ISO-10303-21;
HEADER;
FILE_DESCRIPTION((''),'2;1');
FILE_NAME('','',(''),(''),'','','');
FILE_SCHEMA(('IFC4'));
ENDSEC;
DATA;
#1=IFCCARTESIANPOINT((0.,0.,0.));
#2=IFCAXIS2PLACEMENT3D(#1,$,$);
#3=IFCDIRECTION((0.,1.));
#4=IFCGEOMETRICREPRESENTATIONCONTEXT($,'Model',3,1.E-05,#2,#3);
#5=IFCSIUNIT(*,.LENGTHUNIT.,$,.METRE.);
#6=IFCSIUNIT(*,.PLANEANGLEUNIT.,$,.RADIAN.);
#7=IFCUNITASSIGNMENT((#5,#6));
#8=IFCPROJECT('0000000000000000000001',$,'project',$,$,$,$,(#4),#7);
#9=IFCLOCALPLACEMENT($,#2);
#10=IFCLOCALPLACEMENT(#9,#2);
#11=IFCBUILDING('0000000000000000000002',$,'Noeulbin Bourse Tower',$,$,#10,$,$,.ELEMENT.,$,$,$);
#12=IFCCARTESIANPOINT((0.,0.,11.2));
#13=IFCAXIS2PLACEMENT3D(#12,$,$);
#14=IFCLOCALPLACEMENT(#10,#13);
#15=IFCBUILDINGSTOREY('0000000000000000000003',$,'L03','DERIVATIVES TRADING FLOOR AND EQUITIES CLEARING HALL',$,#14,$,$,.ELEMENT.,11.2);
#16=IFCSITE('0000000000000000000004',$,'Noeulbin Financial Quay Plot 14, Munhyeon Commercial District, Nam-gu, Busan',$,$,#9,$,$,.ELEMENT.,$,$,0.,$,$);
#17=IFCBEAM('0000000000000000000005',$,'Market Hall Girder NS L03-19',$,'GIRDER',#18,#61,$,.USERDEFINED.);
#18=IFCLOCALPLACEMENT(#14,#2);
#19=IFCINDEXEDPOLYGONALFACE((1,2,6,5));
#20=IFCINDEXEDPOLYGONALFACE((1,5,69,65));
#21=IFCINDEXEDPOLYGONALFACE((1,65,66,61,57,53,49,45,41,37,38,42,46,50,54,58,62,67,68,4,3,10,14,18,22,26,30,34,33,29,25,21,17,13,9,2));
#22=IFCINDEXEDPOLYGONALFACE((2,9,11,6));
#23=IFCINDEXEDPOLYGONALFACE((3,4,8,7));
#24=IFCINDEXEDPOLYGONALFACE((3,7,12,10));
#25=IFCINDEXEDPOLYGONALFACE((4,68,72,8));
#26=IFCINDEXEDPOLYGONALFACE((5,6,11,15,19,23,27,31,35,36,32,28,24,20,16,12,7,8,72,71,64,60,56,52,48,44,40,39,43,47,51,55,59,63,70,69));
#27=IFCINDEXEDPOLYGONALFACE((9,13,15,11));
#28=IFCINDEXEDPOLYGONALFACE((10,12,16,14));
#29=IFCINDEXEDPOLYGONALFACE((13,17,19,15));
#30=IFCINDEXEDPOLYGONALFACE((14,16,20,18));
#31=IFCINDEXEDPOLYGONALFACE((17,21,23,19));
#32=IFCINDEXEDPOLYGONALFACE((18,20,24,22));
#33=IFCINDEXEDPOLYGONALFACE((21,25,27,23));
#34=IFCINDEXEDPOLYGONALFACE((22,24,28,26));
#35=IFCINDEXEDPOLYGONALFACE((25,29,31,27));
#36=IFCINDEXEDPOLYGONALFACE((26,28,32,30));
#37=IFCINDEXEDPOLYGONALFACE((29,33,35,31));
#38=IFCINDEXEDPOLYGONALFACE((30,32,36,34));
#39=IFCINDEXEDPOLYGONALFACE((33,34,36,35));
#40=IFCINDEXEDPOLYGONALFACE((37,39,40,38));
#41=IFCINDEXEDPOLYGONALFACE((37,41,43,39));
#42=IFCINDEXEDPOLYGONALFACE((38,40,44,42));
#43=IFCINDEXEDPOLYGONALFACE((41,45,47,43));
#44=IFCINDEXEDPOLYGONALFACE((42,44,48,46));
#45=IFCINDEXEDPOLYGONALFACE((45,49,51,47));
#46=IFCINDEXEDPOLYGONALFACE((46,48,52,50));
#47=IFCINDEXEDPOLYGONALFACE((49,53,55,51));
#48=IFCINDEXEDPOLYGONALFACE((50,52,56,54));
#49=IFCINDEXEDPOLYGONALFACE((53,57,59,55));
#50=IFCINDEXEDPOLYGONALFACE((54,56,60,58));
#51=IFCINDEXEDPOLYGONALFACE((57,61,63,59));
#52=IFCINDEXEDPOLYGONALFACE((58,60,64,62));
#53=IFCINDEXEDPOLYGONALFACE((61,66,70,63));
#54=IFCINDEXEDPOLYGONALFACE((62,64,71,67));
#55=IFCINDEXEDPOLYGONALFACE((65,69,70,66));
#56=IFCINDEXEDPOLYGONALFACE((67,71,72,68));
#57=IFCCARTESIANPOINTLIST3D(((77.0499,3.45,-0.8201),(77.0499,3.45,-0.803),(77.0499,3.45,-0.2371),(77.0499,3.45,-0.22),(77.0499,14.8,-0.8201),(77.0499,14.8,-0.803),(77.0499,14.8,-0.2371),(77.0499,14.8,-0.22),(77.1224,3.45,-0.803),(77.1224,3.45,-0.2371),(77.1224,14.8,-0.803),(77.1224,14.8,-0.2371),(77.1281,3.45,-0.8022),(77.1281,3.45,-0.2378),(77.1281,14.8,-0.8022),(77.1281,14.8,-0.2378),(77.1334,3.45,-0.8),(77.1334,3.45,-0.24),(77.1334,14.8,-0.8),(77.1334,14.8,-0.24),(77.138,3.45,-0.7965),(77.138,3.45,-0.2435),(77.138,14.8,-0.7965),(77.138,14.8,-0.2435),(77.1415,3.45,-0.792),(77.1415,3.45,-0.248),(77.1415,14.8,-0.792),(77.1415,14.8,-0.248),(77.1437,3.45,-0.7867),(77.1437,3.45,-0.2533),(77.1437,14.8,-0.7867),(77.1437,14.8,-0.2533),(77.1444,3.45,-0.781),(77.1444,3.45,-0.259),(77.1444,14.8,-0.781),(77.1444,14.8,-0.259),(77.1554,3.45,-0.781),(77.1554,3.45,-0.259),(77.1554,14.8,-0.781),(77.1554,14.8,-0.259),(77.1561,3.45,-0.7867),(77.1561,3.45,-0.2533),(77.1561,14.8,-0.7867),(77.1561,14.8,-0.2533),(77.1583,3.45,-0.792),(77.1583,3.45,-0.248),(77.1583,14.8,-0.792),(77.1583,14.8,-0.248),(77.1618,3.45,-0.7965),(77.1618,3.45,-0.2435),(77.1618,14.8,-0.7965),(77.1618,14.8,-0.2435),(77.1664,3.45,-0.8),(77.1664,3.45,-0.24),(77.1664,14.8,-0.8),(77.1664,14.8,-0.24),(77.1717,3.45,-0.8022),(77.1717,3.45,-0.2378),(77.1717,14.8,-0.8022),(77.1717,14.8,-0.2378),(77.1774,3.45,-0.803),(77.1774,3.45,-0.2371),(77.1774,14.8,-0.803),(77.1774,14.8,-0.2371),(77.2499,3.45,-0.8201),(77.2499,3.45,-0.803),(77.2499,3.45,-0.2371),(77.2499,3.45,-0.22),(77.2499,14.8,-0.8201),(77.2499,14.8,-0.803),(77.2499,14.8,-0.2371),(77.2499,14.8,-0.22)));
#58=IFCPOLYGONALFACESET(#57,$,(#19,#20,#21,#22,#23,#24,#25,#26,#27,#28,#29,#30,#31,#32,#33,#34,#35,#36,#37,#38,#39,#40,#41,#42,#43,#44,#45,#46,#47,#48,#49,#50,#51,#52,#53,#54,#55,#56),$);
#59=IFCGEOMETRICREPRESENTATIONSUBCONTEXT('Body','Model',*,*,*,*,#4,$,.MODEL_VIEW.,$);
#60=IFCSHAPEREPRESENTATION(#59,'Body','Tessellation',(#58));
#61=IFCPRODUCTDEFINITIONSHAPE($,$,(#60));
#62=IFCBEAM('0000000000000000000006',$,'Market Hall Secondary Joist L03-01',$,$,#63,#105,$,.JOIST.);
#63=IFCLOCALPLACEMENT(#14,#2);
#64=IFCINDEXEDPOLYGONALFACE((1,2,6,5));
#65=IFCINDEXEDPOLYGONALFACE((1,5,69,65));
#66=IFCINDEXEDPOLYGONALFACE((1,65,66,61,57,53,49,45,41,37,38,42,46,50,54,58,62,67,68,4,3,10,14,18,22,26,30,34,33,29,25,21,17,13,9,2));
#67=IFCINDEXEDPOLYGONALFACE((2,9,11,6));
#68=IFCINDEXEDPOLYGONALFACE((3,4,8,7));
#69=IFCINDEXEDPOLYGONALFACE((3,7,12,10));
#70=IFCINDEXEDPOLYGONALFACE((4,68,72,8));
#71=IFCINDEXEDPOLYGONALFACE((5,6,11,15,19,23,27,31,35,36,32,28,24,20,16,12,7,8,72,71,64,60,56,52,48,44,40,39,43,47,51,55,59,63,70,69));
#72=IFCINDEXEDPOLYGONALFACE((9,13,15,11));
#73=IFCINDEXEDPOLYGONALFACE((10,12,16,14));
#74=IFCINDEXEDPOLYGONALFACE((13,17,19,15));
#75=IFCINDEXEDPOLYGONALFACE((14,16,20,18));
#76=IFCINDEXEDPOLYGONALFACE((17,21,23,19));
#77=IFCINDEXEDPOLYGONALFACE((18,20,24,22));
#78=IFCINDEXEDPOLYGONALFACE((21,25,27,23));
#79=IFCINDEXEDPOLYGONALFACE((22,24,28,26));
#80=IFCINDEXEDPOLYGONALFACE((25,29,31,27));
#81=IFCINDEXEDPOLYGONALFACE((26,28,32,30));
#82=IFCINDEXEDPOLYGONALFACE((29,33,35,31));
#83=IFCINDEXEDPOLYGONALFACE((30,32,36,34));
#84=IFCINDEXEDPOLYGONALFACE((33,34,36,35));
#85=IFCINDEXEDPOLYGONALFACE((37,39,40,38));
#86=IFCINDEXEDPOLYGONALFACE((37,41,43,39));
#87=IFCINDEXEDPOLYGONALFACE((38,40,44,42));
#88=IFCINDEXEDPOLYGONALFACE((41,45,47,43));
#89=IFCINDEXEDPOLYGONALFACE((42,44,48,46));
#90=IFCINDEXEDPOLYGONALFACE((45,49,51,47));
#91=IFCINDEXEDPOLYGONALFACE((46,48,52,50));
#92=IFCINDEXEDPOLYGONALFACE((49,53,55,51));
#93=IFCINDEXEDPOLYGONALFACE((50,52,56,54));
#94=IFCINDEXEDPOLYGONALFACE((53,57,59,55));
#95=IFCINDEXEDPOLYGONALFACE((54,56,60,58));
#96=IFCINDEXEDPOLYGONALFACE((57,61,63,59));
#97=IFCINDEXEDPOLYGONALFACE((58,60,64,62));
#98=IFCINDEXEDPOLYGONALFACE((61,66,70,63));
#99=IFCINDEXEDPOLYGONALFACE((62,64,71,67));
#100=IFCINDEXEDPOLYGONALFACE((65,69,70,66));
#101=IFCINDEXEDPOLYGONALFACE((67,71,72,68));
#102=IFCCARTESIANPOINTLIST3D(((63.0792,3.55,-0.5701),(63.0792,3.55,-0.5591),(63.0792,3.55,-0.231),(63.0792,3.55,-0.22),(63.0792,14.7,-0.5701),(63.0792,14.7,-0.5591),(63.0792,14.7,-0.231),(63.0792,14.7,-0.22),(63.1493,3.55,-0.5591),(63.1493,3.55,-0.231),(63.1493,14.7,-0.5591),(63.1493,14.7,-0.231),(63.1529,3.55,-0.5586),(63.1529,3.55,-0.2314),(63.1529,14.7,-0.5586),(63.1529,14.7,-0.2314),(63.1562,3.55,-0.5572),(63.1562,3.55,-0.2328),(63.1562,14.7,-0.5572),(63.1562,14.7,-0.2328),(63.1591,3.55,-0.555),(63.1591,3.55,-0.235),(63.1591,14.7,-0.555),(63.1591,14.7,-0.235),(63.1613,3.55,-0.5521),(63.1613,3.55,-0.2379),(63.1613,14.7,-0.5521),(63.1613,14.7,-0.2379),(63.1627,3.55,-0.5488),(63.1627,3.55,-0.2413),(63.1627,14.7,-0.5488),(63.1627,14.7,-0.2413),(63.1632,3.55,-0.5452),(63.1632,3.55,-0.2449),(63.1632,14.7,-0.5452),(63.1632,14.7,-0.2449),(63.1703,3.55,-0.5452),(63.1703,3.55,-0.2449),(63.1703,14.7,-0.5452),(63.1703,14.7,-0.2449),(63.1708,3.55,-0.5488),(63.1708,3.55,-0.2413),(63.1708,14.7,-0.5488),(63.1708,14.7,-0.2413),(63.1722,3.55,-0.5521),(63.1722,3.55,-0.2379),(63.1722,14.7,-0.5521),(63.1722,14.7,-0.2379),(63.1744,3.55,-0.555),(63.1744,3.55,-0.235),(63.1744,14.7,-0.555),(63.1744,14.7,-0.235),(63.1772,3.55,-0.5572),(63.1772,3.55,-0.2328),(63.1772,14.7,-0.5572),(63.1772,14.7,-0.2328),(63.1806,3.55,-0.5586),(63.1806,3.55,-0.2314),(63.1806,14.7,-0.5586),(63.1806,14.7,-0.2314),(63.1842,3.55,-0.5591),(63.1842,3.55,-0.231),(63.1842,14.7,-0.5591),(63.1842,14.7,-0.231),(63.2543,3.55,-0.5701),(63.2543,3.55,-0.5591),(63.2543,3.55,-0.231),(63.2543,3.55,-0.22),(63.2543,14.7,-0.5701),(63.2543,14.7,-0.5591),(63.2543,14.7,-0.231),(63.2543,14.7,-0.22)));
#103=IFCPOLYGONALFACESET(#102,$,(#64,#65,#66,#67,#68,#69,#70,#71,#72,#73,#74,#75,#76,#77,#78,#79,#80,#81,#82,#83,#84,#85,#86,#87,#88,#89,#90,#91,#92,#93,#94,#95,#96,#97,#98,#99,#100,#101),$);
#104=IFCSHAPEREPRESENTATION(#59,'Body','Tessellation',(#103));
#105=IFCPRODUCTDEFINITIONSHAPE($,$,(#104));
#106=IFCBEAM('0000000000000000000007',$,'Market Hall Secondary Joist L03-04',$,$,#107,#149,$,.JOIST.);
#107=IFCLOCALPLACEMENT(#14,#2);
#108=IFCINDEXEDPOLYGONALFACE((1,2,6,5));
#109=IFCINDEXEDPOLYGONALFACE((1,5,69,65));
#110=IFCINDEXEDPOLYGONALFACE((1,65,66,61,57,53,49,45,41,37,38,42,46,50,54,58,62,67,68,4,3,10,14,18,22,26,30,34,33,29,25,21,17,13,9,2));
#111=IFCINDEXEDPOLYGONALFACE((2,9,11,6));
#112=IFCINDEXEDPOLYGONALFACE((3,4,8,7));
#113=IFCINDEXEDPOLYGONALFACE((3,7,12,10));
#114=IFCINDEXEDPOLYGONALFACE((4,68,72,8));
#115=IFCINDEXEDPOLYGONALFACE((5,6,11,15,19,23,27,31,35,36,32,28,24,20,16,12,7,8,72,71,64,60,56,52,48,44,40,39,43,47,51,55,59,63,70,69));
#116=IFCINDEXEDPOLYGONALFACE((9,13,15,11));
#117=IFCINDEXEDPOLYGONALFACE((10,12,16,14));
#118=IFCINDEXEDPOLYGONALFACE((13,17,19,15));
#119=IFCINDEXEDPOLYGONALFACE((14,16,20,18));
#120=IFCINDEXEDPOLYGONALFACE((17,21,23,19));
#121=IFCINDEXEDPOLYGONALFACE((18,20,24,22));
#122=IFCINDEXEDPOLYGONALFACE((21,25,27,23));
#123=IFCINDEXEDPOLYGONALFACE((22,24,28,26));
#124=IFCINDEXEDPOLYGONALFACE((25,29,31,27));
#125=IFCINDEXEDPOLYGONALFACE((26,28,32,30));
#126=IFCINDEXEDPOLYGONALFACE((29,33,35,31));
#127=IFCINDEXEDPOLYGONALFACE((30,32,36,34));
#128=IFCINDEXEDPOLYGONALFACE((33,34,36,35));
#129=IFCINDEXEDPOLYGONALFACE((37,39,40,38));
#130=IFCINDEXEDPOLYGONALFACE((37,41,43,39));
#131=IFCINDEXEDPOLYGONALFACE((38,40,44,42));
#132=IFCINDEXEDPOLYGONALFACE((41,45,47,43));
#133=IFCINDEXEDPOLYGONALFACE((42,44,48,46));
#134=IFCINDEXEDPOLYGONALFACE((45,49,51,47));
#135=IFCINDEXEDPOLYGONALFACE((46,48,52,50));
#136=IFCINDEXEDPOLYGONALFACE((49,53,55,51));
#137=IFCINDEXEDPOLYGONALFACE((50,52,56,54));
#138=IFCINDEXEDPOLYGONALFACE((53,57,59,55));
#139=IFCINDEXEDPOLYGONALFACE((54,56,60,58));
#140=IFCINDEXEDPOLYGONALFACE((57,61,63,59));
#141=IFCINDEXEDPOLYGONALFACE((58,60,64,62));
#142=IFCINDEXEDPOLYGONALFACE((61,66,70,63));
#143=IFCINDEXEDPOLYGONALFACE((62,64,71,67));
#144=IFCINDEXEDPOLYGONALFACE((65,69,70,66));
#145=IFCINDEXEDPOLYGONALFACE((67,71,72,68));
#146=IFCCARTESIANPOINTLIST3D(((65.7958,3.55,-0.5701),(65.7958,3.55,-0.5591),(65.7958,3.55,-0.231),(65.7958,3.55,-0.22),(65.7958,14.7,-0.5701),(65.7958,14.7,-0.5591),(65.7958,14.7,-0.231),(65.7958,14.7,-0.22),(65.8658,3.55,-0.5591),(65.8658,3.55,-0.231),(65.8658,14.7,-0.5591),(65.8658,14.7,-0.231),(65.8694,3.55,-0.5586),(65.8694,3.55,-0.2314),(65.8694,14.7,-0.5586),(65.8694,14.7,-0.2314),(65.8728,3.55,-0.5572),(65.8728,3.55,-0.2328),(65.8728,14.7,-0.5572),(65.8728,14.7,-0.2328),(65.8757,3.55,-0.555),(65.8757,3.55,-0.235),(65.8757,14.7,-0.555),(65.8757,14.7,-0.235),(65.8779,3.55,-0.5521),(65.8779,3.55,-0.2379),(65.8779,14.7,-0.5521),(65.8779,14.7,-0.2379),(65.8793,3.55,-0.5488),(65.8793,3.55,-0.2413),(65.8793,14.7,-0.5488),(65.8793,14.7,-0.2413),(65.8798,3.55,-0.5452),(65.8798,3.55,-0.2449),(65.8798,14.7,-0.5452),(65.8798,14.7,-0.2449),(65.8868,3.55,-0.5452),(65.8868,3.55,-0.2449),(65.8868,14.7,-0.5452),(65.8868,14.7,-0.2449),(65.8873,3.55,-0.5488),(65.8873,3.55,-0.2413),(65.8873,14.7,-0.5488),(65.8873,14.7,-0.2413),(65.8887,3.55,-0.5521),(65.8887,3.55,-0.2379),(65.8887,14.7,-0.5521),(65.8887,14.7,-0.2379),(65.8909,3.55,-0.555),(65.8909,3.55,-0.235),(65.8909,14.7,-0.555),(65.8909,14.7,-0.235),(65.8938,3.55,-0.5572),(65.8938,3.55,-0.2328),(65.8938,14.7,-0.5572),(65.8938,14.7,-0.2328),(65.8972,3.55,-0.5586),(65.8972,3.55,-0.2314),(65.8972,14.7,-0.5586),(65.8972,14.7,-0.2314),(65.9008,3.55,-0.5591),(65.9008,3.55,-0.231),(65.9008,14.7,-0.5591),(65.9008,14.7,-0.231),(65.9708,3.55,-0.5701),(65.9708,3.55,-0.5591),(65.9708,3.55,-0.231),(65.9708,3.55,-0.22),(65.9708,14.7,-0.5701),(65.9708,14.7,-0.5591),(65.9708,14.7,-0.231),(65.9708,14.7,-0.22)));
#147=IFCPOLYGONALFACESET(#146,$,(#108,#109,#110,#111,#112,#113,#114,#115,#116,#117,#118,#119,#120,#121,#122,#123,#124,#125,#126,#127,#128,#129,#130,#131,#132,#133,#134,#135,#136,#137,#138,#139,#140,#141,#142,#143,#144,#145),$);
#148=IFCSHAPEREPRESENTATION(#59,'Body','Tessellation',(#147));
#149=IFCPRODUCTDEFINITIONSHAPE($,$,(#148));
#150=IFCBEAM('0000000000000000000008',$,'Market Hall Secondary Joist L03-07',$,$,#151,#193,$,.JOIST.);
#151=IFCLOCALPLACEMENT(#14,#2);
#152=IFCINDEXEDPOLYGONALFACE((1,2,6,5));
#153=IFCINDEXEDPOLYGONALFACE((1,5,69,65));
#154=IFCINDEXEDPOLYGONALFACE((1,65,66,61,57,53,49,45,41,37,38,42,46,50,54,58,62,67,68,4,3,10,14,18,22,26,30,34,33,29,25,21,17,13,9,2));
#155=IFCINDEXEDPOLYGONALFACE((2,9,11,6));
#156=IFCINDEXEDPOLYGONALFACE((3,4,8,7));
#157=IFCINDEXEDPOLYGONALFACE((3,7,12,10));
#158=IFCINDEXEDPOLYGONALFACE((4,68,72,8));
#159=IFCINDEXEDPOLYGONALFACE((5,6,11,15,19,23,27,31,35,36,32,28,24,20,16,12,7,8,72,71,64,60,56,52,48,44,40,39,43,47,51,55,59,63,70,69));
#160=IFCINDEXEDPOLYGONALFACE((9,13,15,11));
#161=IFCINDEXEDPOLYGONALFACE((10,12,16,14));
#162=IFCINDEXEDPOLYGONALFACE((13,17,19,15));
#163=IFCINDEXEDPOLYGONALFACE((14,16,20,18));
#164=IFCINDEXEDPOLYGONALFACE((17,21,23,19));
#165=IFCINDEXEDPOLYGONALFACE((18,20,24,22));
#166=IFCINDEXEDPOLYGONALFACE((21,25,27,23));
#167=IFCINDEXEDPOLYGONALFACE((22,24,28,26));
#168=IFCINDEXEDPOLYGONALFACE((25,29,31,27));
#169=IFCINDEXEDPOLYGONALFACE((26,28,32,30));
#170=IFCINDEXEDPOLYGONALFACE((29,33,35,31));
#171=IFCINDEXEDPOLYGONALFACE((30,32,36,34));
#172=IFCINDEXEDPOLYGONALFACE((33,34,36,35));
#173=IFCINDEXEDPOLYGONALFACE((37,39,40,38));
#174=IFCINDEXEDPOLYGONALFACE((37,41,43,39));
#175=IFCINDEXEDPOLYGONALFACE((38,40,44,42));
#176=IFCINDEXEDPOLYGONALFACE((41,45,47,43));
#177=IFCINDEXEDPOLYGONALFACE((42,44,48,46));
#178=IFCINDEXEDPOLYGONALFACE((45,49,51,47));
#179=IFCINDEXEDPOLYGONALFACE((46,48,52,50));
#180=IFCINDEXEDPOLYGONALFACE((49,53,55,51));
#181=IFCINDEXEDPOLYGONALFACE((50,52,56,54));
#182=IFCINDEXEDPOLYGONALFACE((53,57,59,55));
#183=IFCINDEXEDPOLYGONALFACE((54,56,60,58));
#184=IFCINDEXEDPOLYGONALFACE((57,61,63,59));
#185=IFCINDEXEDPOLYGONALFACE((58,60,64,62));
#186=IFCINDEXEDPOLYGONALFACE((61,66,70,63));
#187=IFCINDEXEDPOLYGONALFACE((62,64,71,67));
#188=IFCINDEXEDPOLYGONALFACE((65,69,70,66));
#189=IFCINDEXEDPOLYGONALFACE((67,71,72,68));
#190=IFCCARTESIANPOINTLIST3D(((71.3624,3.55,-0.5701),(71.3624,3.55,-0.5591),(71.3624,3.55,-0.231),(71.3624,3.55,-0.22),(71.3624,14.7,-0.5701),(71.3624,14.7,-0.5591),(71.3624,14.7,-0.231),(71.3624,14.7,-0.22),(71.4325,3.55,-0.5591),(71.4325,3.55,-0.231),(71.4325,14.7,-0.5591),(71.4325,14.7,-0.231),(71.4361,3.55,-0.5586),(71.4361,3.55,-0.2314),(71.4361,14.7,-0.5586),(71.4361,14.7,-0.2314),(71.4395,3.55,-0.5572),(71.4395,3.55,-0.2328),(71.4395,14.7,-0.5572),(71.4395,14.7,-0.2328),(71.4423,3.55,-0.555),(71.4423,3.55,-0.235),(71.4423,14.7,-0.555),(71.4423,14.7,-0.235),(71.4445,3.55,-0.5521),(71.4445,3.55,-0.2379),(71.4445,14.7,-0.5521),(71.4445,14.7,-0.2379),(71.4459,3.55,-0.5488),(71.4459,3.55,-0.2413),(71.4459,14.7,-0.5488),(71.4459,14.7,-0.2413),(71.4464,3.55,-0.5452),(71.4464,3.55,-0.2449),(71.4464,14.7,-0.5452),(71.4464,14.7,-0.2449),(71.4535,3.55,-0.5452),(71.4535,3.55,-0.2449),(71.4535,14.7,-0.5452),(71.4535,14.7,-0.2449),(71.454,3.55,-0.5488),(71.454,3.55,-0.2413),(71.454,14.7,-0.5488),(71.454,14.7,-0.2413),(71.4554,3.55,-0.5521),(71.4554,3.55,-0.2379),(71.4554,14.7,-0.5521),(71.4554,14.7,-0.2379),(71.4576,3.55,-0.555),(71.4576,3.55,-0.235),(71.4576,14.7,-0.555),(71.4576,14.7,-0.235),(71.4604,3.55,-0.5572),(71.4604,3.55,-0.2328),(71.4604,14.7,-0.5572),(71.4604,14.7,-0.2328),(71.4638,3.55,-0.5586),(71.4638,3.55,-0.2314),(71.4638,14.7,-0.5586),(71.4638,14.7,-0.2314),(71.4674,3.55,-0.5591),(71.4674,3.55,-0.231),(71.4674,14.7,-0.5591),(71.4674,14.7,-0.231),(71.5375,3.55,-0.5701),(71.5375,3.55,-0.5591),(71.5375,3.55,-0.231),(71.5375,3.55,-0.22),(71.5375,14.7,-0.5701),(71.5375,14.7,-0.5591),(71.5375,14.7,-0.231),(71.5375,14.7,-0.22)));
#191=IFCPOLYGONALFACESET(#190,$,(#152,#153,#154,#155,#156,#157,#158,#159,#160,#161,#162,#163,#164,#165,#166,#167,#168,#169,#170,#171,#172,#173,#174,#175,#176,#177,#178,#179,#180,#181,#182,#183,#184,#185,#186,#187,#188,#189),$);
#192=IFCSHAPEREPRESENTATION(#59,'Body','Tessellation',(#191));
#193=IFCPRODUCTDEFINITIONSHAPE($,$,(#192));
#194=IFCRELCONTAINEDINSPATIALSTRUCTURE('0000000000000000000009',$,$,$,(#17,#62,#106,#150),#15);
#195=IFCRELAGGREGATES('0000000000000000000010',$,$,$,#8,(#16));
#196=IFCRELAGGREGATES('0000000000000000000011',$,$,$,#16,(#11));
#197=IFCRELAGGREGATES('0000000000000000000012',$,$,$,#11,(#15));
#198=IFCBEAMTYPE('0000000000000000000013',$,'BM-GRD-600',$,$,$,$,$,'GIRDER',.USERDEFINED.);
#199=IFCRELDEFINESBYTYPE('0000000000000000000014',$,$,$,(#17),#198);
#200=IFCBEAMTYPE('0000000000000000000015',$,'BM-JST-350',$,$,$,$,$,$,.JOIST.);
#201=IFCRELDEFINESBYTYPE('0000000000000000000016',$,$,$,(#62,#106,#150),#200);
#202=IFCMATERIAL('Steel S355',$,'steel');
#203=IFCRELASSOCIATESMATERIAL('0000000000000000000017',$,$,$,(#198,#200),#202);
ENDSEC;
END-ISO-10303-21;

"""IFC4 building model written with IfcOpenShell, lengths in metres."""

from ifc_helpers import new_model, si_unit, direction, frame, origin, origin_2d, place, context, subcontext, project, spatial, i_section, extrude, material, material_profile, profile_set, type_object, element, save


model = new_model("IFC4")

# Units and contexts
model_context = context("Model", 3, precision=1e-05, world=origin(), true_north=direction((0.0, 1.0)))
body_context = subcontext(model_context, "Body", "Model", "MODEL_VIEW")
ifc_project = project(units=[si_unit("LENGTHUNIT", "METRE"), si_unit("PLANEANGLEUNIT", "RADIAN")], contexts=[model_context])

# Site, building, storey
site_placement = place(None, origin())
site = spatial("IfcSite", under=ifc_project, at=site_placement, Name="Noeulbin Financial Quay Plot 14, Munhyeon Commercial District, Nam-gu, Busan", CompositionType="ELEMENT", RefElevation=0.0)
building_placement = place(site_placement, origin())
building = spatial("IfcBuilding", under=site, at=building_placement, Name="Noeulbin Bourse Tower", CompositionType="ELEMENT")
storey_placement = place(building_placement, frame((0.0, 0.0, 11.2)))
storey = spatial("IfcBuildingStorey", under=building, at=storey_placement, Name="L03", Description="DERIVATIVES TRADING FLOOR AND EQUITIES CLEARING HALL", CompositionType="ELEMENT", Elevation=11.2)

# Shared definitions
ifc_material_1 = material(Name="Steel S355", Category="steel")

# Beams
ifc_material_profile_1 = material_profile(ifc_material_1, i_section(OverallWidth=0.2, OverallDepth=0.6001, WebThickness=0.011, FlangeThickness=0.0171, FilletRadius=0.022, at=origin_2d()), Name="H-600x200x11x17", Category="LoadBearing")
ifc_profile_set_1 = profile_set([ifc_material_profile_1], Name="Steel S355")
beam_type_1 = type_object("IfcBeamType", Name="BM-GRD-600", ElementType="GIRDER", PredefinedType="USERDEFINED", material=ifc_profile_set_1)
for number, where, z_axis, x_axis, name in (
    (1, (77.1499, 3.45, -0.52), (0.0, 1.0, 0.0), (-1.0, 0.0, 0.0), "Market Hall Girder NS L03-19"),
):
    element("IfcBeam", number, at=place(storey_placement, frame(where, z_axis=z_axis, x_axis=x_axis)), inside=storey, type_object=beam_type_1, Name=name, ObjectType="GIRDER", PredefinedType="USERDEFINED", context=body_context, shape_type="SweptSolid", body=[
        extrude(i_section(OverallWidth=0.2, OverallDepth=0.6001, WebThickness=0.011, FlangeThickness=0.0171, FilletRadius=0.022, at=origin_2d()), origin(), (0.0, 0.0, 1.0), 11.3501),
    ])
ifc_material_profile_2 = material_profile(ifc_material_1, i_section(OverallWidth=0.175, OverallDepth=0.3501, WebThickness=0.0071, FlangeThickness=0.011, FilletRadius=0.0139, at=origin_2d()), Name="H-350x175x7x11", Category="LoadBearing")
ifc_profile_set_2 = profile_set([ifc_material_profile_2], Name="Steel S355")
beam_type_2 = type_object("IfcBeamType", Name="BM-JST-350", PredefinedType="JOIST", material=ifc_profile_set_2)
for number, where, z_axis, x_axis, name in (
    (2, (63.1667, 3.55, -0.395), (0.0, 1.0, 0.0), (-1.0, 0.0, 0.0), "Market Hall Secondary Joist L03-01"),
    (3, (65.8833, 3.55, -0.395), (0.0, 1.0, 0.0), (-1.0, 0.0, 0.0), "Market Hall Secondary Joist L03-04"),
    (4, (71.45, 3.55, -0.395), (0.0, 1.0, 0.0), (-1.0, 0.0, 0.0), "Market Hall Secondary Joist L03-07"),
):
    element("IfcBeam", number, at=place(storey_placement, frame(where, z_axis=z_axis, x_axis=x_axis)), inside=storey, type_object=beam_type_2, Name=name, PredefinedType="JOIST", context=body_context, shape_type="SweptSolid", body=[
        extrude(i_section(OverallWidth=0.175, OverallDepth=0.3501, WebThickness=0.0071, FlangeThickness=0.011, FilletRadius=0.0139, at=origin_2d()), origin(), (0.0, 0.0, 1.0), 11.1499),
    ])

save(model, "model.ifc")
